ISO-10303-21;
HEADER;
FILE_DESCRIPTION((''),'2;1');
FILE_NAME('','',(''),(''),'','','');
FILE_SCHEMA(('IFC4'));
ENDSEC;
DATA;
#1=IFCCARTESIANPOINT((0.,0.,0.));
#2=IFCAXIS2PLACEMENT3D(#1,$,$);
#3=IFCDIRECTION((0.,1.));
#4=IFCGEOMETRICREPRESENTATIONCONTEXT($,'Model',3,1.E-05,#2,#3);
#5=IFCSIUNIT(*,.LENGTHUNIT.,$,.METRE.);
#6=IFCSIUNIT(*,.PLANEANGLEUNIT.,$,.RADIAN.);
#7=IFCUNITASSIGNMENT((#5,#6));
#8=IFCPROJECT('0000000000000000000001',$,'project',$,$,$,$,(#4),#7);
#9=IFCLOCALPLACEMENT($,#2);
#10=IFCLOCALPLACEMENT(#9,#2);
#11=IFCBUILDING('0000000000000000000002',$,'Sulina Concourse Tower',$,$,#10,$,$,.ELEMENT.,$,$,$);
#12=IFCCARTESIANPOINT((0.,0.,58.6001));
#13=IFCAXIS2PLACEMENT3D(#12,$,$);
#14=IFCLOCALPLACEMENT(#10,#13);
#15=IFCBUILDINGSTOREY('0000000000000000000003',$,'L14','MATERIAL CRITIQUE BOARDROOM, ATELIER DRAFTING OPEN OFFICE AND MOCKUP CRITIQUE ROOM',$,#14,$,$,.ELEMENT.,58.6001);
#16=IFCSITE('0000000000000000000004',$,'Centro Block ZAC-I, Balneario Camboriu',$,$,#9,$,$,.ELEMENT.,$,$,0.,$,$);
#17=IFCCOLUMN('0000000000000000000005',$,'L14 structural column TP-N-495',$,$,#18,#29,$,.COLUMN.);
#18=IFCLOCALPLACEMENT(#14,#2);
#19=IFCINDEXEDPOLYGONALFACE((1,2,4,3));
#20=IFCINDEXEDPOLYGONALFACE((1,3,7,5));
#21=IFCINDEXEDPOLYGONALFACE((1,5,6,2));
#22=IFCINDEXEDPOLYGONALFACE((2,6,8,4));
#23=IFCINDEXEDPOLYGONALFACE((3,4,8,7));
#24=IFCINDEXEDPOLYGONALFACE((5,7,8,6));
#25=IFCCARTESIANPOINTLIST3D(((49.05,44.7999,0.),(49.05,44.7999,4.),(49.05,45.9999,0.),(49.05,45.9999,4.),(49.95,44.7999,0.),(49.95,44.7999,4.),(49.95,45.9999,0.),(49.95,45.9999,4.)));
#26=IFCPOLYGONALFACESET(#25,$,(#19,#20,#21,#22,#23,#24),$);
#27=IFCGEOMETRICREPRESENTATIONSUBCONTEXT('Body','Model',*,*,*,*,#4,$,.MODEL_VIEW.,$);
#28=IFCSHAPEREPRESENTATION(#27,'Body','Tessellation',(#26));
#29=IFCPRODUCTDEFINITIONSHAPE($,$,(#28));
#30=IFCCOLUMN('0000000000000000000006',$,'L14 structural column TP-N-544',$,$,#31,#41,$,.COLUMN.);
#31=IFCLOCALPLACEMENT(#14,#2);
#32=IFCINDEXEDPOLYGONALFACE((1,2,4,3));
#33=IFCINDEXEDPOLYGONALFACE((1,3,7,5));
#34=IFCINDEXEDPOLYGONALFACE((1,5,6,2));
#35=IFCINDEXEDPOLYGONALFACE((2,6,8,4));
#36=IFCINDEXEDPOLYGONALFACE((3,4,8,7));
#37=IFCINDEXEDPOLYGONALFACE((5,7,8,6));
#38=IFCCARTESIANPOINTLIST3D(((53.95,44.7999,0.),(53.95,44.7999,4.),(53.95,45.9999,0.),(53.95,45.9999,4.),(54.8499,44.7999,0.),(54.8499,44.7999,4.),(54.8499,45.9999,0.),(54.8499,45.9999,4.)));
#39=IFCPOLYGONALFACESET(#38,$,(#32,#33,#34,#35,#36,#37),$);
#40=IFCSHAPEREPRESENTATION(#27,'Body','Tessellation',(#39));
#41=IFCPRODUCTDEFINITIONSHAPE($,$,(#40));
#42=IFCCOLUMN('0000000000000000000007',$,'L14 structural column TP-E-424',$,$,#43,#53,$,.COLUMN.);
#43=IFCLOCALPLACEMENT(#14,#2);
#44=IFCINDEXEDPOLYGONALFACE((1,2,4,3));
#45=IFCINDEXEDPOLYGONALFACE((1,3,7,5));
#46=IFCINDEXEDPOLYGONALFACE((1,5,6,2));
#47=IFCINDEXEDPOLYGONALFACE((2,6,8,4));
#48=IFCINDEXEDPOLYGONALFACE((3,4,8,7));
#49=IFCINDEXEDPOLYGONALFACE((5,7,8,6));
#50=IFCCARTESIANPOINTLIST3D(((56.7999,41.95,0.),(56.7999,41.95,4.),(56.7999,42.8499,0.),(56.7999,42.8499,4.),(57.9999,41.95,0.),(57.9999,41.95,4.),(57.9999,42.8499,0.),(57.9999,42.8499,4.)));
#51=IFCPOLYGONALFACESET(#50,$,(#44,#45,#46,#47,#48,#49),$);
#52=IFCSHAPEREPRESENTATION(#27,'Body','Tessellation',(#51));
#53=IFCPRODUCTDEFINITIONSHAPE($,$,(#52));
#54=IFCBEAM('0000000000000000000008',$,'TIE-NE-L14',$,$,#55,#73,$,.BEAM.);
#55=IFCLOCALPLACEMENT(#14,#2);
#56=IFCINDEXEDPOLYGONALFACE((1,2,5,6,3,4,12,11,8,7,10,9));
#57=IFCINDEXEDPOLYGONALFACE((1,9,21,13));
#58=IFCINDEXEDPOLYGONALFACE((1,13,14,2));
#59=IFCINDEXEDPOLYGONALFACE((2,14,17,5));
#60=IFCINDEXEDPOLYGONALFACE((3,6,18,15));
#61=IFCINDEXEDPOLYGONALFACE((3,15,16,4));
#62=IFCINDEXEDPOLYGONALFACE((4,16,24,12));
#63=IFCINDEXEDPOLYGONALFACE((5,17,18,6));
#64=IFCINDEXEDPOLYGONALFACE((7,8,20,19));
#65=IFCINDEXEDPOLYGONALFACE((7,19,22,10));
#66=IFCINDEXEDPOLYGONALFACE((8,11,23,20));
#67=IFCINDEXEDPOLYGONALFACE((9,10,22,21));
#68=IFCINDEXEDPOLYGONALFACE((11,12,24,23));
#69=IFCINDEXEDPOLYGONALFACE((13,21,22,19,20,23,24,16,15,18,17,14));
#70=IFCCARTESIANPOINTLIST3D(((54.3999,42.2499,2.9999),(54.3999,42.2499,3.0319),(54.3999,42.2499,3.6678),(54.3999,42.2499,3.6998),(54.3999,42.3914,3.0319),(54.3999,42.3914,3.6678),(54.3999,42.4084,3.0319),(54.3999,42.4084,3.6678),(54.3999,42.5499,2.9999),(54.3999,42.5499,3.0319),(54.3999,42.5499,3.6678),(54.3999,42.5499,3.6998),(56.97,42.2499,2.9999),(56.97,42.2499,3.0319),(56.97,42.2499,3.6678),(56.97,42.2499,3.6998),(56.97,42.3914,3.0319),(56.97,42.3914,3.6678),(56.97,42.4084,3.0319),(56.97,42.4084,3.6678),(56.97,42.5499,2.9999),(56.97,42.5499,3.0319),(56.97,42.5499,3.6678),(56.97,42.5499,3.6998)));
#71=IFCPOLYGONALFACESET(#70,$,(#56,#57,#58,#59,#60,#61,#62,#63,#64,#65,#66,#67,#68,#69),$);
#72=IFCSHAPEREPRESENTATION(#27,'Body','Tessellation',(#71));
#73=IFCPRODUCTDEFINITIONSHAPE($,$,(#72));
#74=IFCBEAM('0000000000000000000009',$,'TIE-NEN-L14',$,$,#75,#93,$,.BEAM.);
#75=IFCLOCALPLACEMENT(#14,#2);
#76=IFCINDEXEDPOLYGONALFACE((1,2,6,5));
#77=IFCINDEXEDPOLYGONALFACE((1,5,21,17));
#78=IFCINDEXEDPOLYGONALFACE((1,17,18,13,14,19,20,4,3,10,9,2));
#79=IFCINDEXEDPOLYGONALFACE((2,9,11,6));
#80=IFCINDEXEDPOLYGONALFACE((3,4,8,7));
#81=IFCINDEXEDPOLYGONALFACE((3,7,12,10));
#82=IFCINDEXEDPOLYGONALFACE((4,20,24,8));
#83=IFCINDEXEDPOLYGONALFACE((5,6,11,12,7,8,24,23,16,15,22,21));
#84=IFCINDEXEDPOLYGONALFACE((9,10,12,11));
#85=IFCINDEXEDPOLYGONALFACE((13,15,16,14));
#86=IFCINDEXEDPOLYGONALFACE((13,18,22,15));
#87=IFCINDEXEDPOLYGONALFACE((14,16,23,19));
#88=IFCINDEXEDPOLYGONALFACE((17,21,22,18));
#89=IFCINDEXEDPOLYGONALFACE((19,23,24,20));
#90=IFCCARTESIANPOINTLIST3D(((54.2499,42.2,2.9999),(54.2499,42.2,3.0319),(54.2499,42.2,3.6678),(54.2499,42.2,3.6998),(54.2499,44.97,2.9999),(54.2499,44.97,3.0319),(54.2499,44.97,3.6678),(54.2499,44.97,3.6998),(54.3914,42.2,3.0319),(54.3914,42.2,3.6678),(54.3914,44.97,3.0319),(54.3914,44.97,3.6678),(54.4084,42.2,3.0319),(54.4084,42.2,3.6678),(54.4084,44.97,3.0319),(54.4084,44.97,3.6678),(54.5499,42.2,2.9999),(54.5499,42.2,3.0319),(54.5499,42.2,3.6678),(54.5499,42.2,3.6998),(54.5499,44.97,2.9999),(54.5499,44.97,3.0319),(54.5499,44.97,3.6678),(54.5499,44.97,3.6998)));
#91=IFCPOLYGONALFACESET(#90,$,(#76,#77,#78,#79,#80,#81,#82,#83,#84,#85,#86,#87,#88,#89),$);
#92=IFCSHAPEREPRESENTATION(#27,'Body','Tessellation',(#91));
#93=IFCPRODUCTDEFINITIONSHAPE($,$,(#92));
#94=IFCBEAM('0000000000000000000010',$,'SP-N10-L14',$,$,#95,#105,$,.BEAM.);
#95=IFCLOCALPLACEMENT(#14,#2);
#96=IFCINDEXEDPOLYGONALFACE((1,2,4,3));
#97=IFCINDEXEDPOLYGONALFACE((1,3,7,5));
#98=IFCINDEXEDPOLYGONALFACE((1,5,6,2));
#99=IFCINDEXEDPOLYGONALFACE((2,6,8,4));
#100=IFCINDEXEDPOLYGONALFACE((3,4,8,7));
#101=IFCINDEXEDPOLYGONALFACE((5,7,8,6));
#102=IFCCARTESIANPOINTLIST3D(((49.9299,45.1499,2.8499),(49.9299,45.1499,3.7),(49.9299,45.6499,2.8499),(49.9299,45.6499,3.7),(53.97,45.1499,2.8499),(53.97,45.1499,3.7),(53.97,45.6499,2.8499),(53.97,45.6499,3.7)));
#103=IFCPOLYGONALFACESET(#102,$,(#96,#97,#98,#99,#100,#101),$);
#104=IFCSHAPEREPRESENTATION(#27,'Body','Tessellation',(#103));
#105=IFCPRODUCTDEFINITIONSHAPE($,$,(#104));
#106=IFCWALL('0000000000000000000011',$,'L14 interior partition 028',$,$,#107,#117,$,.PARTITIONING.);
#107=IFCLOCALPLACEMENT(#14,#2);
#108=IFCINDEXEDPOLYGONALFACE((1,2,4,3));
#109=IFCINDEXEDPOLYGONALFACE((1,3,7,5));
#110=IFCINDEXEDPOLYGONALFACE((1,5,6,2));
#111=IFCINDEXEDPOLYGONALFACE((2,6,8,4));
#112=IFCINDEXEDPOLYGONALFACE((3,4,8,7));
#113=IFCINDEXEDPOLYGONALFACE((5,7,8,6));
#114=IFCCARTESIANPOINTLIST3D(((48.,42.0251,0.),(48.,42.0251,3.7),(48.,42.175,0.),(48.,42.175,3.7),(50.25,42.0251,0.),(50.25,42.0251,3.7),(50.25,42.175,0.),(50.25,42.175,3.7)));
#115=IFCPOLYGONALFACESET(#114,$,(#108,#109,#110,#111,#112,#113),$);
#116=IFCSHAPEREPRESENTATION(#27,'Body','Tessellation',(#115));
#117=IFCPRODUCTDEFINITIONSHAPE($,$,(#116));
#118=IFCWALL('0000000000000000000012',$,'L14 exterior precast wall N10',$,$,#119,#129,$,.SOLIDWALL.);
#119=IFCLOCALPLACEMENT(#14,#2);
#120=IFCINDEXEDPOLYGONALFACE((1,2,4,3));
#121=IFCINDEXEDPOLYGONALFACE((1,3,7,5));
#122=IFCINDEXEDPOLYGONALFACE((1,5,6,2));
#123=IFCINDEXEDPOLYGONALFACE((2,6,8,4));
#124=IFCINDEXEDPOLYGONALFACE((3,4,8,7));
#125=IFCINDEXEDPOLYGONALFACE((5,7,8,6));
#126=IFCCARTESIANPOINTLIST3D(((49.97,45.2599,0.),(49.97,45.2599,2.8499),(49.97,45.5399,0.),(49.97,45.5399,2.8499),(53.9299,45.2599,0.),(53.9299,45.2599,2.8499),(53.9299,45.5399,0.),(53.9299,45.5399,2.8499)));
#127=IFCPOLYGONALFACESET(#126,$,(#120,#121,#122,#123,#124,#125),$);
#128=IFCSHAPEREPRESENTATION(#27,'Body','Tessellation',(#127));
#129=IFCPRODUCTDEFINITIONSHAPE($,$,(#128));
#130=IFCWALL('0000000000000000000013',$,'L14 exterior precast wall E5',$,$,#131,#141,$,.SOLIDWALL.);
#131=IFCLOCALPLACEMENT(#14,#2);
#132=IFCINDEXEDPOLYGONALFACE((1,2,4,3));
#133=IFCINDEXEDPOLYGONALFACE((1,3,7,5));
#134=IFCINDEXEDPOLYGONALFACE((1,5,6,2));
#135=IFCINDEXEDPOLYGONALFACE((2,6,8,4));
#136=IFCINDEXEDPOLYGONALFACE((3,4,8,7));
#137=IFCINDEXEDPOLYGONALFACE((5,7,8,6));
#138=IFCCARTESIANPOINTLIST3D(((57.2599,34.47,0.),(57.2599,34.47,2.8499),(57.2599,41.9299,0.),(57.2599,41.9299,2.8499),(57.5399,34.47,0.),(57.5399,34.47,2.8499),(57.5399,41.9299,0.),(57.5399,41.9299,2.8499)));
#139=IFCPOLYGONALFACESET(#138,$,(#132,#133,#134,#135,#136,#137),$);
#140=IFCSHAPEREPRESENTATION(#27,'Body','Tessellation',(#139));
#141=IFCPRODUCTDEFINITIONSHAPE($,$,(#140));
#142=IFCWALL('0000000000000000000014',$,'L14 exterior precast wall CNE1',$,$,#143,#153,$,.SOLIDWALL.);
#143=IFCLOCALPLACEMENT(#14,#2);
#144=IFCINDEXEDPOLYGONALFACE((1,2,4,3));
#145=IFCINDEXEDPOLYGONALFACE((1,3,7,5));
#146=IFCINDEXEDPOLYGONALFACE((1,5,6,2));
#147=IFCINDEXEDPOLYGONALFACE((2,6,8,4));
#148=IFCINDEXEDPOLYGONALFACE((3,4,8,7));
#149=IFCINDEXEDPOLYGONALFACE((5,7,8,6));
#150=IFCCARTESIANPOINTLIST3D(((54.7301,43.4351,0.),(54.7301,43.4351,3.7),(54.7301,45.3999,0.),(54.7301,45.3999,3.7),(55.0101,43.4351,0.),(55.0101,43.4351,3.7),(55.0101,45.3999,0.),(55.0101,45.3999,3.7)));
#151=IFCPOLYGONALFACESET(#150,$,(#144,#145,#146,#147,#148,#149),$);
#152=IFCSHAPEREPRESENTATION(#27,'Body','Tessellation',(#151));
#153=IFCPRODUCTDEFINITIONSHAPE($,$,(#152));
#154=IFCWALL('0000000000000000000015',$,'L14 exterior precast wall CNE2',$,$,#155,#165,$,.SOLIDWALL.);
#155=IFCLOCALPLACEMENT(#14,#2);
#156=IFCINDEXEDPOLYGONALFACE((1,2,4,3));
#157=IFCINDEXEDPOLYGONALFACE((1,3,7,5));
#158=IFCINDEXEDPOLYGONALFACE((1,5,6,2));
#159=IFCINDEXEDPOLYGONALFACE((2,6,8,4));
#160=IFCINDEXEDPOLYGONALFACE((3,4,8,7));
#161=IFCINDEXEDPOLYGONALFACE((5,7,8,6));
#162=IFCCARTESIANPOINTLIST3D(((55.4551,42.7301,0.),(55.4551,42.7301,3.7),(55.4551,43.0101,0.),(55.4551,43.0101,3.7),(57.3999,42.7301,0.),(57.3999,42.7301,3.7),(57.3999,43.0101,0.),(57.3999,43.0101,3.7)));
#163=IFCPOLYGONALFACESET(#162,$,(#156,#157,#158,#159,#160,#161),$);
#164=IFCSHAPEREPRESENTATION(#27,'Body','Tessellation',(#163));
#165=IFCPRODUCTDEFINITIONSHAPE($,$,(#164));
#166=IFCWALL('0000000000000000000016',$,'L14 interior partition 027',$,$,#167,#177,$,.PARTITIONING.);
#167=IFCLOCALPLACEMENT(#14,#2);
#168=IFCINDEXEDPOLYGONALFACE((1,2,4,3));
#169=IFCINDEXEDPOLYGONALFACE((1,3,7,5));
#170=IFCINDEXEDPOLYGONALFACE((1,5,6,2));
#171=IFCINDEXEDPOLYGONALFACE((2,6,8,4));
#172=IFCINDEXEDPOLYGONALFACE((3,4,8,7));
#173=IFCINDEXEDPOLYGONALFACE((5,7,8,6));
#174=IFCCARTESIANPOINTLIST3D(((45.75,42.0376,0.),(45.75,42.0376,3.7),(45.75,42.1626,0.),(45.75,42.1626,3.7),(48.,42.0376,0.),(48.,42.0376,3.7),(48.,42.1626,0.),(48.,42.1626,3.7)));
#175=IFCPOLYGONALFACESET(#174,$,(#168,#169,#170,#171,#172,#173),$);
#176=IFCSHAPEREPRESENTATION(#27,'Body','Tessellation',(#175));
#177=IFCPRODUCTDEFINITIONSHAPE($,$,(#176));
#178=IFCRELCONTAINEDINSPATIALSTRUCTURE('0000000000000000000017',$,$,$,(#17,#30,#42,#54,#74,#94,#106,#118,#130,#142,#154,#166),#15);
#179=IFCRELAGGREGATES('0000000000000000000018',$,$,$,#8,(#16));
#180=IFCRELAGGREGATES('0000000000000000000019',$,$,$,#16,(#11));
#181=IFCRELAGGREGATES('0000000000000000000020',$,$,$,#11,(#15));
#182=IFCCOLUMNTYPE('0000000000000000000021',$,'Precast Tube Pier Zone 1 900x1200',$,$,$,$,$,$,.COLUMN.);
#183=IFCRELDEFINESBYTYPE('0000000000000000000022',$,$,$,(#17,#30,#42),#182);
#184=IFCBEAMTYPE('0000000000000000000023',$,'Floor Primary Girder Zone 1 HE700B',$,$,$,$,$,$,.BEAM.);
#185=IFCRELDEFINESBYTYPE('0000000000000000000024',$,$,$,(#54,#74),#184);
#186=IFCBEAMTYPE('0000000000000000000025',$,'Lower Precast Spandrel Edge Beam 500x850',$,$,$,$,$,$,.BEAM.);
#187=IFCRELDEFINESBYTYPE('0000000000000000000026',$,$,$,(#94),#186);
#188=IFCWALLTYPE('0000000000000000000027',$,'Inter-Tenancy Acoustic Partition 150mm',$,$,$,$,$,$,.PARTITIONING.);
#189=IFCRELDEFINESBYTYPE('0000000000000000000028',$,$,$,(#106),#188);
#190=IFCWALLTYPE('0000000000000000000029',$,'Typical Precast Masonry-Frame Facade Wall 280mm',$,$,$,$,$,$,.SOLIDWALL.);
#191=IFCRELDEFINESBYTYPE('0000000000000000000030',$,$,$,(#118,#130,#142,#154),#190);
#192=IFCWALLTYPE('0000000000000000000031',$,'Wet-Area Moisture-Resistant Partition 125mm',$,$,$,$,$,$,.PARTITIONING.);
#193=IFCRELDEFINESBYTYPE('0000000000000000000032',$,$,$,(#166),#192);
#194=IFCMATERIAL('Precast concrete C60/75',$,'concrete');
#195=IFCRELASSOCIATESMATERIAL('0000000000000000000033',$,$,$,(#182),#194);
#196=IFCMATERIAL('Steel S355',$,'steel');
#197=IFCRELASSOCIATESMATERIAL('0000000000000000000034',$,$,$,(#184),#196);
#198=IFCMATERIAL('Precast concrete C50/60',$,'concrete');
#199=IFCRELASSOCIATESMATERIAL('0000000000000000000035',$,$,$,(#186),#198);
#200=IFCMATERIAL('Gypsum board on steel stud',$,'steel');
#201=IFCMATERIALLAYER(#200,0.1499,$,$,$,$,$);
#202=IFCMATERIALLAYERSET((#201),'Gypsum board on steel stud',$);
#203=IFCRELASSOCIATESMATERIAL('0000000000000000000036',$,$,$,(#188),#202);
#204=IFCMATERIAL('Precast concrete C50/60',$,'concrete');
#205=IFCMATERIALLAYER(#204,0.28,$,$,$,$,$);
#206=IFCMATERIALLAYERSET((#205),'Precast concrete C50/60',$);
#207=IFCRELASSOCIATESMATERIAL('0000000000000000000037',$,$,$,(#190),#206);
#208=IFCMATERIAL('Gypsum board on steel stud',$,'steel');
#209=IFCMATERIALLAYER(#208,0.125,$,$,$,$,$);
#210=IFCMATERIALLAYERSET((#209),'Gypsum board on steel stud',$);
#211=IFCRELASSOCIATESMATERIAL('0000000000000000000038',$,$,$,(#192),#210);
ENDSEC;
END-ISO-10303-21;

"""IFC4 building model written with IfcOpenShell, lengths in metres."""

from ifc_helpers import new_model, si_unit, direction, frame, frame_2d, origin, origin_2d, place, context, subcontext, project, spatial, rectangle, i_section, extrude, material, layer, layer_set, material_profile, profile_set, type_object, element, save


model = new_model("IFC4")

# Units and contexts
model_context = context("Model", 3, precision=1e-05, world=origin(), true_north=direction((0.0, 1.0)))
body_context = subcontext(model_context, "Body", "Model", "MODEL_VIEW")
ifc_project = project(units=[si_unit("LENGTHUNIT", "METRE"), si_unit("PLANEANGLEUNIT", "RADIAN")], contexts=[model_context])

# Site, building, storey
site_placement = place(None, origin())
site = spatial("IfcSite", under=ifc_project, at=site_placement, Name="Centro Block ZAC-I, Balneario Camboriu", CompositionType="ELEMENT", RefElevation=0.0)
building_placement = place(site_placement, origin())
building = spatial("IfcBuilding", under=site, at=building_placement, Name="Sulina Concourse Tower", CompositionType="ELEMENT")
storey_placement = place(building_placement, frame((0.0, 0.0, 58.6001)))
storey = spatial("IfcBuildingStorey", under=building, at=storey_placement, Name="L14", Description="MATERIAL CRITIQUE BOARDROOM, ATELIER DRAFTING OPEN OFFICE AND MOCKUP CRITIQUE ROOM", CompositionType="ELEMENT", Elevation=58.6001)

# Columns
ifc_material_1 = material(Name="Precast concrete C60/75", Category="concrete")
ifc_material_profile_1 = material_profile(ifc_material_1, rectangle(XDim=0.8999, YDim=1.2, at=origin_2d()), Name="PC 900x1200")
ifc_profile_set_1 = profile_set([ifc_material_profile_1], Name="Precast concrete C60/75")
column_type = type_object("IfcColumnType", Name="Precast Tube Pier Zone 1 900x1200", PredefinedType="COLUMN", material=ifc_profile_set_1)
for number, where, z_axis, x_axis, name in (
    (1, (49.5, 45.3999, 0.0), (0.0, 0.0, 1.0), (1.0, 0.0, 0.0), "L14 structural column TP-N-495"),
    (2, (54.3999, 45.3999, 0.0), (0.0, 0.0, 1.0), (1.0, 0.0, 0.0), "L14 structural column TP-N-544"),
    (3, (57.3999, 42.3999, 0.0), (0.0, 0.0, 1.0), (0.0, 1.0, 0.0), "L14 structural column TP-E-424"),
):
    element("IfcColumn", number, at=place(storey_placement, frame(where, z_axis=z_axis, x_axis=x_axis)), inside=storey, type_object=column_type, Name=name, PredefinedType="COLUMN", context=body_context, shape_type="SweptSolid", body=[
        extrude(rectangle(XDim=0.8999, YDim=1.2, at=origin_2d()), origin(), (0.0, 0.0, 1.0), 4.0),
    ])

# Beams
ifc_material_2 = material(Name="Steel S355", Category="steel")
ifc_material_profile_2 = material_profile(ifc_material_2, i_section(OverallWidth=0.3, OverallDepth=0.7, WebThickness=0.0171, FlangeThickness=0.032, at=origin_2d()), Name="HE 700 B")
ifc_profile_set_2 = profile_set([ifc_material_profile_2], Name="Steel S355")
beam_type_1 = type_object("IfcBeamType", Name="Floor Primary Girder Zone 1 HE700B", PredefinedType="BEAM", material=ifc_profile_set_2)
beam_1_placement = place(storey_placement, frame((54.3999, 42.3999, 3.3499), z_axis=(1.0, 0.0, 0.0), x_axis=(0.0, 1.0, 0.0)))
element("IfcBeam", 4, at=beam_1_placement, inside=storey, type_object=beam_type_1, Name="TIE-NE-L14", PredefinedType="BEAM", context=body_context, shape_type="SweptSolid", body=[
    extrude(i_section(OverallWidth=0.3, OverallDepth=0.7, WebThickness=0.0171, FlangeThickness=0.032, at=origin_2d()), origin(), (0.0, 0.0, 1.0), 2.5701),
])
beam_2_placement = place(storey_placement, frame((54.3999, 42.2, 3.3499), z_axis=(0.0, 1.0, 0.0), x_axis=(-1.0, 0.0, 0.0)))
element("IfcBeam", 5, at=beam_2_placement, inside=storey, type_object=beam_type_1, Name="TIE-NEN-L14", PredefinedType="BEAM", context=body_context, shape_type="SweptSolid", body=[
    extrude(i_section(OverallWidth=0.3, OverallDepth=0.7, WebThickness=0.0171, FlangeThickness=0.032, at=origin_2d()), origin(), (0.0, 0.0, 1.0), 2.77),
])
ifc_material_3 = material(Name="Precast concrete C50/60", Category="concrete")
ifc_material_profile_3 = material_profile(ifc_material_3, rectangle(XDim=0.5, YDim=0.8501, at=origin_2d()), Name="RC 500x850")
ifc_profile_set_3 = profile_set([ifc_material_profile_3], Name="Precast concrete C50/60")
beam_type_2 = type_object("IfcBeamType", Name="Lower Precast Spandrel Edge Beam 500x850", PredefinedType="BEAM", material=ifc_profile_set_3)
beam_3_placement = place(storey_placement, frame((49.9299, 45.3999, 3.2749), z_axis=(1.0, 0.0, 0.0), x_axis=(0.0, 1.0, 0.0)))
element("IfcBeam", 6, at=beam_3_placement, inside=storey, type_object=beam_type_2, Name="SP-N10-L14", PredefinedType="BEAM", context=body_context, shape_type="SweptSolid", body=[
    extrude(rectangle(XDim=0.5, YDim=0.8501, at=origin_2d()), origin(), (0.0, 0.0, 1.0), 4.04),
])

# Walls
ifc_material_4 = material(Name="Gypsum board on steel stud", Category="steel")
ifc_layer_1 = layer(ifc_material_4, 0.1499)
ifc_layer_set_1 = layer_set([ifc_layer_1], Name="Gypsum board on steel stud")
wall_type_1 = type_object("IfcWallType", Name="Inter-Tenancy Acoustic Partition 150mm", PredefinedType="PARTITIONING", material=ifc_layer_set_1)
wall_1_placement = place(storey_placement, frame((48.0, 42.1001, 0.0), z_axis=(0.0, 0.0, 1.0), x_axis=(1.0, 0.0, 0.0)))
element("IfcWall", 7, at=wall_1_placement, inside=storey, type_object=wall_type_1, Name="L14 interior partition 028", PredefinedType="PARTITIONING", context=body_context, shape_type="SweptSolid", body=[
    extrude(rectangle(XDim=2.25, YDim=0.1499, at=frame_2d((1.125, 0.0))), origin(), (0.0, 0.0, 1.0), 3.7),
])
ifc_material_5 = material(Name="Precast concrete C50/60", Category="concrete")
ifc_layer_2 = layer(ifc_material_5, 0.28)
ifc_layer_set_2 = layer_set([ifc_layer_2], Name="Precast concrete C50/60")
wall_type_2 = type_object("IfcWallType", Name="Typical Precast Masonry-Frame Facade Wall 280mm", PredefinedType="SOLIDWALL", material=ifc_layer_set_2)
wall_2_placement = place(storey_placement, frame((49.97, 45.3999, 0.0), z_axis=(0.0, 0.0, 1.0), x_axis=(1.0, 0.0, 0.0)))
element("IfcWall", 8, at=wall_2_placement, inside=storey, type_object=wall_type_2, Name="L14 exterior precast wall N10", PredefinedType="SOLIDWALL", context=body_context, shape_type="SweptSolid", body=[
    extrude(rectangle(XDim=3.96, YDim=0.28, at=frame_2d((1.98, 0.0))), origin(), (0.0, 0.0, 1.0), 2.8499),
])
wall_3_placement = place(storey_placement, frame((57.3999, 41.9299, 0.0), z_axis=(0.0, 0.0, 1.0), x_axis=(0.0, -1.0, 0.0)))
element("IfcWall", 9, at=wall_3_placement, inside=storey, type_object=wall_type_2, Name="L14 exterior precast wall E5", PredefinedType="SOLIDWALL", context=body_context, shape_type="SweptSolid", body=[
    extrude(rectangle(XDim=7.46, YDim=0.28, at=frame_2d((3.73, 0.0))), origin(), (0.0, 0.0, 1.0), 2.8499),
])
wall_4_placement = place(storey_placement, frame((54.8701, 45.3999, 0.0), z_axis=(0.0, 0.0, 1.0), x_axis=(0.0, -1.0, 0.0)))
element("IfcWall", 10, at=wall_4_placement, inside=storey, type_object=wall_type_2, Name="L14 exterior precast wall CNE1", PredefinedType="SOLIDWALL", context=body_context, shape_type="SweptSolid", body=[
    extrude(rectangle(XDim=1.9648, YDim=0.28, at=frame_2d((0.9824, 0.0))), origin(), (0.0, 0.0, 1.0), 3.7),
])
wall_5_placement = place(storey_placement, frame((55.4551, 42.8701, 0.0), z_axis=(0.0, 0.0, 1.0), x_axis=(1.0, 0.0, 0.0)))
element("IfcWall", 11, at=wall_5_placement, inside=storey, type_object=wall_type_2, Name="L14 exterior precast wall CNE2", PredefinedType="SOLIDWALL", context=body_context, shape_type="SweptSolid", body=[
    extrude(rectangle(XDim=1.9448, YDim=0.28, at=frame_2d((0.9724, 0.0))), origin(), (0.0, 0.0, 1.0), 3.7),
])
ifc_material_6 = material(Name="Gypsum board on steel stud", Category="steel")
ifc_layer_3 = layer(ifc_material_6, 0.125)
ifc_layer_set_3 = layer_set([ifc_layer_3], Name="Gypsum board on steel stud")
wall_type_3 = type_object("IfcWallType", Name="Wet-Area Moisture-Resistant Partition 125mm", PredefinedType="PARTITIONING", material=ifc_layer_set_3)
wall_6_placement = place(storey_placement, frame((45.75, 42.1001, 0.0), z_axis=(0.0, 0.0, 1.0), x_axis=(1.0, 0.0, 0.0)))
element("IfcWall", 12, at=wall_6_placement, inside=storey, type_object=wall_type_3, Name="L14 interior partition 027", PredefinedType="PARTITIONING", context=body_context, shape_type="SweptSolid", body=[
    extrude(rectangle(XDim=2.25, YDim=0.125, at=frame_2d((1.125, 0.0))), origin(), (0.0, 0.0, 1.0), 3.7),
])

save(model, "model.ifc")
